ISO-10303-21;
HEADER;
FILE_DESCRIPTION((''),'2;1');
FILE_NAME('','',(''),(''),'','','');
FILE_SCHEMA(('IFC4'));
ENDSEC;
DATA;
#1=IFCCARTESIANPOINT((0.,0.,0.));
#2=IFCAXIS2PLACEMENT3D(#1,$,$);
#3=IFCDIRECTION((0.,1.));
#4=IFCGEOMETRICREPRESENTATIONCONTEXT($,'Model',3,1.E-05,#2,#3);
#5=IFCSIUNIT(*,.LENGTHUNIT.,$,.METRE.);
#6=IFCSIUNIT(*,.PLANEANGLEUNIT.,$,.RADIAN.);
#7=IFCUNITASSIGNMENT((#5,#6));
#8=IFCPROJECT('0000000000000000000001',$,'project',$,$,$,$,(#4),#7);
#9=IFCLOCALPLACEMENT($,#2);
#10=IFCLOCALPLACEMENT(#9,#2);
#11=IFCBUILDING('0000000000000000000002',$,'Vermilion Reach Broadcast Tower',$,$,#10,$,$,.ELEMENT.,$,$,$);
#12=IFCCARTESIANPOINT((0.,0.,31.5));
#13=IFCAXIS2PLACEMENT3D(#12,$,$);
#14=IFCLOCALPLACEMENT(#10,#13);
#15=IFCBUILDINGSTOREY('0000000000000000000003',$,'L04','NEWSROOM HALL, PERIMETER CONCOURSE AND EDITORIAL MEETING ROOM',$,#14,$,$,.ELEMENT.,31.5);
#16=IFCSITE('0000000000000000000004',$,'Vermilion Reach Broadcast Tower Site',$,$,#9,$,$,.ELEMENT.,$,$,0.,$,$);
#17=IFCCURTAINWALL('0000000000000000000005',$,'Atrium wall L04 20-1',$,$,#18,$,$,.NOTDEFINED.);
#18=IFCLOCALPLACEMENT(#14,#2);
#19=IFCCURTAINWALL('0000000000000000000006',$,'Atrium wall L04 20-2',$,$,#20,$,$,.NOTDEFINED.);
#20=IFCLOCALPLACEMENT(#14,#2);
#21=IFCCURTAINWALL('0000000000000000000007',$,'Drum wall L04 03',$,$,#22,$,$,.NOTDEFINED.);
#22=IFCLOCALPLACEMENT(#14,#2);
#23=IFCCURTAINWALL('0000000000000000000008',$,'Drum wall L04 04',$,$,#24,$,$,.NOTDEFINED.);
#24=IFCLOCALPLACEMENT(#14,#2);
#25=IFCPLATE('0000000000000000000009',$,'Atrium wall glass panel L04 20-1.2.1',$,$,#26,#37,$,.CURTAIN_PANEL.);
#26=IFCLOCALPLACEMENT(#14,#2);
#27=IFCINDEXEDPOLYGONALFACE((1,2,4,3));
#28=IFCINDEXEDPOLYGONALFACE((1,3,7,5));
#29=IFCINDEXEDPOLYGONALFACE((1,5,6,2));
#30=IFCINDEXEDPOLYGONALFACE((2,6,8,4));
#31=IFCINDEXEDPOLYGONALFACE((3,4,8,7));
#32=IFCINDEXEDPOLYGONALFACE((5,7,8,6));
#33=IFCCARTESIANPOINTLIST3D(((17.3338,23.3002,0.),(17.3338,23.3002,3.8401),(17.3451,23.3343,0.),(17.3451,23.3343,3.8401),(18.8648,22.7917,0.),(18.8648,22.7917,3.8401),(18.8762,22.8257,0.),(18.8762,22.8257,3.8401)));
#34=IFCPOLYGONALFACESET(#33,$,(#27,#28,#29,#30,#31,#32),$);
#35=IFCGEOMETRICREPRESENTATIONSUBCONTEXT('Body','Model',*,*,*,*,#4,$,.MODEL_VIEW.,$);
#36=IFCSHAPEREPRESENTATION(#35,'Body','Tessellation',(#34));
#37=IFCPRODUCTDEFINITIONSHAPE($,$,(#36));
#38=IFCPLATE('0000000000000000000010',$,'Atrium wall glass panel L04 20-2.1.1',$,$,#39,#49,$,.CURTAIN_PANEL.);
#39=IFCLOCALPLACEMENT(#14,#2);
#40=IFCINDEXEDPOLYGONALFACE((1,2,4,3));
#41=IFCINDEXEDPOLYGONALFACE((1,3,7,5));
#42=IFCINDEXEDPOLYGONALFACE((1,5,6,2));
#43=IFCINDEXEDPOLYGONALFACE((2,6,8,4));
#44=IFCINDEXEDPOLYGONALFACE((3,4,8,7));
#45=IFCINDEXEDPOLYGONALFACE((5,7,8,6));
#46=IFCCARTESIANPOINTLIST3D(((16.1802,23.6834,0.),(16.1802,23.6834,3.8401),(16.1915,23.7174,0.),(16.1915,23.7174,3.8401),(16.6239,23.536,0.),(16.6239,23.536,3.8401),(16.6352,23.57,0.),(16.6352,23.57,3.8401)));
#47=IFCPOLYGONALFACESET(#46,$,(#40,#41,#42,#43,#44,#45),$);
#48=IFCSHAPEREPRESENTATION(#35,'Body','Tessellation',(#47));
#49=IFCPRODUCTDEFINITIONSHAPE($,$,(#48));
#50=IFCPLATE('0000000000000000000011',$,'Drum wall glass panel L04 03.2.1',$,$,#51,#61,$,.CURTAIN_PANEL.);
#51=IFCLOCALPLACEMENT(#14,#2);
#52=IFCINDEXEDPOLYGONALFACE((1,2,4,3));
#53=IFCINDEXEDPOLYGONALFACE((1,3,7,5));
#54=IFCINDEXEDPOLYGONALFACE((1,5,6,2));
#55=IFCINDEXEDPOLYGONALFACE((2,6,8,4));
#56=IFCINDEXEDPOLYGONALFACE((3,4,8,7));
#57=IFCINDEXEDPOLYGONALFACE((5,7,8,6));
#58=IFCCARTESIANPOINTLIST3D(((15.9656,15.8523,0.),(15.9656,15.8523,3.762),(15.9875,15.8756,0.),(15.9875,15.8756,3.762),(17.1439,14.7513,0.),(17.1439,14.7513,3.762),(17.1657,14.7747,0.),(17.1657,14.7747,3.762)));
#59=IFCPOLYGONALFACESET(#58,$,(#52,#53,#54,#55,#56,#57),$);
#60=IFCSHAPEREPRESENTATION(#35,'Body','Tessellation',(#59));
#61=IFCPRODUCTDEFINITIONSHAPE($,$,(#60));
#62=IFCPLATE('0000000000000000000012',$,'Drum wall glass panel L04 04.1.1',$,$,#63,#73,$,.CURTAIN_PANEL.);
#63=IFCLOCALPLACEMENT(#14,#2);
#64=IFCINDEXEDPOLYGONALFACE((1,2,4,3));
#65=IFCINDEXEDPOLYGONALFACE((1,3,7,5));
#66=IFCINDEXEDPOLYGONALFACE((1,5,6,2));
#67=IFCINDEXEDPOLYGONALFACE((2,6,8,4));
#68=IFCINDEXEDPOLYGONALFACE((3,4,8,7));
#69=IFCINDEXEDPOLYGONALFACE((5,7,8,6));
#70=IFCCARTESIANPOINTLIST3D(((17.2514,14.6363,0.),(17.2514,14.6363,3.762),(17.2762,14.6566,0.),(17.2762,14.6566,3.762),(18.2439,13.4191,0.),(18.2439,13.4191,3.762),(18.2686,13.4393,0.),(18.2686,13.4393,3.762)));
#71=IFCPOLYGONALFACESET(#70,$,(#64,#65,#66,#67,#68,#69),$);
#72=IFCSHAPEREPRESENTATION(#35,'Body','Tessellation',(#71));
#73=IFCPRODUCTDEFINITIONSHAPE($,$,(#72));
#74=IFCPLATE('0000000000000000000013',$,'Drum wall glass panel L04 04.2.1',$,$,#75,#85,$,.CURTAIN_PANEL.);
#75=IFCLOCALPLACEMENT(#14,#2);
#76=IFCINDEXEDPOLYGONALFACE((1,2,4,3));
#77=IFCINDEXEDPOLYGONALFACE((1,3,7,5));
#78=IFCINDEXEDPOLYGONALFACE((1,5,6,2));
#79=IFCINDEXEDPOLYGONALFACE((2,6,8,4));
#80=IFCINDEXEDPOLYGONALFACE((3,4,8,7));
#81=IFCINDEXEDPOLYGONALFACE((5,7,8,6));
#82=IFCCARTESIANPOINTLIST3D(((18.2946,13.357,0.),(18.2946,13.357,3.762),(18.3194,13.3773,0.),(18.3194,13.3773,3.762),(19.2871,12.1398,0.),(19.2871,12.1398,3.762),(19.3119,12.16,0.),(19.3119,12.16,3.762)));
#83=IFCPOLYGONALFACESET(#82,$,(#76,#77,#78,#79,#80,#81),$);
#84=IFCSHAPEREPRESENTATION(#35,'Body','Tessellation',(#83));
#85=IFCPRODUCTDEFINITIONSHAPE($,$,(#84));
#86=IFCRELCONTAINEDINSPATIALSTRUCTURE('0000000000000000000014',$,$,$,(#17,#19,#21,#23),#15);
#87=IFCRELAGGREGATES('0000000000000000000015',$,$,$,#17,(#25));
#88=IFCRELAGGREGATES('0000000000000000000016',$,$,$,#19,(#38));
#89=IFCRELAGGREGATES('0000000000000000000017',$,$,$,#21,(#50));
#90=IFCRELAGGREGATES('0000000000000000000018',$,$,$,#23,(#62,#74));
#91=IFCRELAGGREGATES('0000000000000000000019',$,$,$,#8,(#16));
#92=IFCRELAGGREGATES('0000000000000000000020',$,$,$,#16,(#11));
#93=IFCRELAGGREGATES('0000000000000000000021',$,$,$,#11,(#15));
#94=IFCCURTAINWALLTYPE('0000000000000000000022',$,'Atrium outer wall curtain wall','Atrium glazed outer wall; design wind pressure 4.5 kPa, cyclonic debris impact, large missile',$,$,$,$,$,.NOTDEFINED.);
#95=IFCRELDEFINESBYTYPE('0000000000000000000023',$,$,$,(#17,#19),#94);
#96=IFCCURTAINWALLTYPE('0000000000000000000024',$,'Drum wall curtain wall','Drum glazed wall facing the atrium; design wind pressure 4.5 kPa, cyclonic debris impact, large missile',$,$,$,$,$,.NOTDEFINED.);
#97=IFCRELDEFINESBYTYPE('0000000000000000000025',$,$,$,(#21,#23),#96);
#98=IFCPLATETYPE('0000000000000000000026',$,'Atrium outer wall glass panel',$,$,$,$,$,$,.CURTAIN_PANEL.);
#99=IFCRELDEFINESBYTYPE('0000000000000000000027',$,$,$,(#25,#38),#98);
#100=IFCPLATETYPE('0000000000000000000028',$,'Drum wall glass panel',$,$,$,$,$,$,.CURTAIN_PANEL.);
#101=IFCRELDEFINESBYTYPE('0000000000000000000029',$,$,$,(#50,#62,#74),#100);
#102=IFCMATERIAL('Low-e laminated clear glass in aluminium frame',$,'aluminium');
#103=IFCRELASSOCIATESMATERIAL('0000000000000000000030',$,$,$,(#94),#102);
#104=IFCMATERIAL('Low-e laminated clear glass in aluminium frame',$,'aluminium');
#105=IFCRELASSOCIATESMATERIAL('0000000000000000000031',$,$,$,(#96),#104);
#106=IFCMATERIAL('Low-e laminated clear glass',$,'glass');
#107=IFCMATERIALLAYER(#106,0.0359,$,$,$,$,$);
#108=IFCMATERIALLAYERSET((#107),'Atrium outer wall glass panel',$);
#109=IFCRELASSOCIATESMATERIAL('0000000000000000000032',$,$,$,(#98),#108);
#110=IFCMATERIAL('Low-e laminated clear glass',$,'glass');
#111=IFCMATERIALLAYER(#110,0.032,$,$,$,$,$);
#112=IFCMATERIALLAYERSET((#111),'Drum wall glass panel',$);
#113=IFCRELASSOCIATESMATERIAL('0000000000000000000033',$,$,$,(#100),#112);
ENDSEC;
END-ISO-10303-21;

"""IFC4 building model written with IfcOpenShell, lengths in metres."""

from ifc_helpers import new_model, si_unit, direction, frame, origin, origin_2d, place, context, subcontext, project, spatial, rectangle, extrude, material, layer, layer_set, type_object, element, aggregate, save


model = new_model("IFC4")

# Units and contexts
model_context = context("Model", 3, precision=1e-05, world=origin(), true_north=direction((0.0, 1.0)))
body_context = subcontext(model_context, "Body", "Model", "MODEL_VIEW")
ifc_project = project(units=[si_unit("LENGTHUNIT", "METRE"), si_unit("PLANEANGLEUNIT", "RADIAN")], contexts=[model_context])

# Site, building, storey
site_placement = place(None, origin())
site = spatial("IfcSite", under=ifc_project, at=site_placement, Name="Vermilion Reach Broadcast Tower Site", CompositionType="ELEMENT", RefElevation=0.0)
building_placement = place(site_placement, origin())
building = spatial("IfcBuilding", under=site, at=building_placement, Name="Vermilion Reach Broadcast Tower", CompositionType="ELEMENT")
storey_placement = place(building_placement, frame((0.0, 0.0, 31.5)))
storey = spatial("IfcBuildingStorey", under=building, at=storey_placement, Name="L04", Description="NEWSROOM HALL, PERIMETER CONCOURSE AND EDITORIAL MEETING ROOM", CompositionType="ELEMENT", Elevation=31.5)

# Shared definitions
ifc_material_1 = material(Name="Low-e laminated clear glass in aluminium frame", Category="aluminium")
curtain_wall_type_1 = type_object("IfcCurtainWallType", Name="Atrium outer wall curtain wall", Description="Atrium glazed outer wall; design wind pressure 4.5 kPa, cyclonic debris impact, large missile", PredefinedType="NOTDEFINED", material=ifc_material_1)
placement = place(storey_placement, origin())

# Curtain walls
curtain_wall_1 = element("IfcCurtainWall", 1, at=placement, inside=storey, type_object=curtain_wall_type_1, Name="Atrium wall L04 20-1", PredefinedType="NOTDEFINED")
curtain_wall_2 = element("IfcCurtainWall", 2, at=placement, inside=storey, type_object=curtain_wall_type_1, Name="Atrium wall L04 20-2", PredefinedType="NOTDEFINED")

# Curtain wall
ifc_material_2 = material(Name="Low-e laminated clear glass in aluminium frame", Category="aluminium")
curtain_wall_type_2 = type_object("IfcCurtainWallType", Name="Drum wall curtain wall", Description="Drum glazed wall facing the atrium; design wind pressure 4.5 kPa, cyclonic debris impact, large missile", PredefinedType="NOTDEFINED", material=ifc_material_2)
curtain_wall_3 = element("IfcCurtainWall", 3, at=placement, inside=storey, type_object=curtain_wall_type_2, Name="Drum wall L04 03", PredefinedType="NOTDEFINED")

# Curtain wall
curtain_wall_4 = element("IfcCurtainWall", 4, at=placement, inside=storey, type_object=curtain_wall_type_2, Name="Drum wall L04 04", PredefinedType="NOTDEFINED")

# Plates
ifc_material_3 = material(Name="Low-e laminated clear glass", Category="glass")
ifc_layer_1 = layer(ifc_material_3, 0.0359)
ifc_layer_set_1 = layer_set([ifc_layer_1], Name="Atrium outer wall glass panel")
plate_type_1 = type_object("IfcPlateType", Name="Atrium outer wall glass panel", PredefinedType="CURTAIN_PANEL", material=ifc_layer_set_1)
plate_1_placement = place(storey_placement, frame((18.105, 23.063, 0.0), z_axis=(0.0, 0.0, 1.0), x_axis=(-0.949016, 0.315228, 0.0)))
plate_1 = element("IfcPlate", 5, at=plate_1_placement, type_object=plate_type_1, Name="Atrium wall glass panel L04 20-1.2.1", PredefinedType="CURTAIN_PANEL", context=body_context, shape_type="SweptSolid", body=[
    extrude(rectangle(XDim=1.6133, YDim=0.0359, at=origin_2d()), origin(), (0.0, 0.0, 1.0), 3.8401),
])
aggregate(curtain_wall_1, [plate_1])
plate_2_placement = place(storey_placement, frame((16.4077, 23.6267, 0.0), z_axis=(0.0, 0.0, 1.0), x_axis=(-0.949016, 0.315228, 0.0)))
plate_2 = element("IfcPlate", 6, at=plate_2_placement, type_object=plate_type_1, Name="Atrium wall glass panel L04 20-2.1.1", PredefinedType="CURTAIN_PANEL", context=body_context, shape_type="SweptSolid", body=[
    extrude(rectangle(XDim=0.4675, YDim=0.0359, at=origin_2d()), origin(), (0.0, 0.0, 1.0), 3.8401),
])
aggregate(curtain_wall_2, [plate_2])
ifc_material_4 = material(Name="Low-e laminated clear glass", Category="glass")
ifc_layer_2 = layer(ifc_material_4, 0.032)
ifc_layer_set_2 = layer_set([ifc_layer_2], Name="Drum wall glass panel")
plate_type_2 = type_object("IfcPlateType", Name="Drum wall glass panel", PredefinedType="CURTAIN_PANEL", material=ifc_layer_set_2)
plate_3_placement = place(storey_placement, frame((16.5657, 15.3135, 0.0), z_axis=(0.0, 0.0, 1.0), x_axis=(0.730654, -0.682748, 0.0)))
plate_3 = element("IfcPlate", 7, at=plate_3_placement, type_object=plate_type_2, Name="Drum wall glass panel L04 03.2.1", PredefinedType="CURTAIN_PANEL", context=body_context, shape_type="SweptSolid", body=[
    extrude(rectangle(XDim=1.6125, YDim=0.032, at=origin_2d()), origin(), (0.0, 0.0, 1.0), 3.762),
])
aggregate(curtain_wall_3, [plate_3])
plate_4_placement = place(storey_placement, frame((17.76, 14.0378, 0.0), z_axis=(0.0, 0.0, 1.0), x_axis=(0.631931, -0.775025, 0.0)))
plate_4 = element("IfcPlate", 8, at=plate_4_placement, type_object=plate_type_2, Name="Drum wall glass panel L04 04.1.1", PredefinedType="CURTAIN_PANEL", context=body_context, shape_type="SweptSolid", body=[
    extrude(rectangle(XDim=1.5706, YDim=0.032, at=origin_2d()), origin(), (0.0, 0.0, 1.0), 3.762),
])
plate_5_placement = place(storey_placement, frame((18.8032, 12.7585, 0.0), z_axis=(0.0, 0.0, 1.0), x_axis=(0.631931, -0.775025, 0.0)))
plate_5 = element("IfcPlate", 9, at=plate_5_placement, type_object=plate_type_2, Name="Drum wall glass panel L04 04.2.1", PredefinedType="CURTAIN_PANEL", context=body_context, shape_type="SweptSolid", body=[
    extrude(rectangle(XDim=1.5706, YDim=0.032, at=origin_2d()), origin(), (0.0, 0.0, 1.0), 3.762),
])
aggregate(curtain_wall_4, [plate_4, plate_5])

save(model, "model.ifc")
